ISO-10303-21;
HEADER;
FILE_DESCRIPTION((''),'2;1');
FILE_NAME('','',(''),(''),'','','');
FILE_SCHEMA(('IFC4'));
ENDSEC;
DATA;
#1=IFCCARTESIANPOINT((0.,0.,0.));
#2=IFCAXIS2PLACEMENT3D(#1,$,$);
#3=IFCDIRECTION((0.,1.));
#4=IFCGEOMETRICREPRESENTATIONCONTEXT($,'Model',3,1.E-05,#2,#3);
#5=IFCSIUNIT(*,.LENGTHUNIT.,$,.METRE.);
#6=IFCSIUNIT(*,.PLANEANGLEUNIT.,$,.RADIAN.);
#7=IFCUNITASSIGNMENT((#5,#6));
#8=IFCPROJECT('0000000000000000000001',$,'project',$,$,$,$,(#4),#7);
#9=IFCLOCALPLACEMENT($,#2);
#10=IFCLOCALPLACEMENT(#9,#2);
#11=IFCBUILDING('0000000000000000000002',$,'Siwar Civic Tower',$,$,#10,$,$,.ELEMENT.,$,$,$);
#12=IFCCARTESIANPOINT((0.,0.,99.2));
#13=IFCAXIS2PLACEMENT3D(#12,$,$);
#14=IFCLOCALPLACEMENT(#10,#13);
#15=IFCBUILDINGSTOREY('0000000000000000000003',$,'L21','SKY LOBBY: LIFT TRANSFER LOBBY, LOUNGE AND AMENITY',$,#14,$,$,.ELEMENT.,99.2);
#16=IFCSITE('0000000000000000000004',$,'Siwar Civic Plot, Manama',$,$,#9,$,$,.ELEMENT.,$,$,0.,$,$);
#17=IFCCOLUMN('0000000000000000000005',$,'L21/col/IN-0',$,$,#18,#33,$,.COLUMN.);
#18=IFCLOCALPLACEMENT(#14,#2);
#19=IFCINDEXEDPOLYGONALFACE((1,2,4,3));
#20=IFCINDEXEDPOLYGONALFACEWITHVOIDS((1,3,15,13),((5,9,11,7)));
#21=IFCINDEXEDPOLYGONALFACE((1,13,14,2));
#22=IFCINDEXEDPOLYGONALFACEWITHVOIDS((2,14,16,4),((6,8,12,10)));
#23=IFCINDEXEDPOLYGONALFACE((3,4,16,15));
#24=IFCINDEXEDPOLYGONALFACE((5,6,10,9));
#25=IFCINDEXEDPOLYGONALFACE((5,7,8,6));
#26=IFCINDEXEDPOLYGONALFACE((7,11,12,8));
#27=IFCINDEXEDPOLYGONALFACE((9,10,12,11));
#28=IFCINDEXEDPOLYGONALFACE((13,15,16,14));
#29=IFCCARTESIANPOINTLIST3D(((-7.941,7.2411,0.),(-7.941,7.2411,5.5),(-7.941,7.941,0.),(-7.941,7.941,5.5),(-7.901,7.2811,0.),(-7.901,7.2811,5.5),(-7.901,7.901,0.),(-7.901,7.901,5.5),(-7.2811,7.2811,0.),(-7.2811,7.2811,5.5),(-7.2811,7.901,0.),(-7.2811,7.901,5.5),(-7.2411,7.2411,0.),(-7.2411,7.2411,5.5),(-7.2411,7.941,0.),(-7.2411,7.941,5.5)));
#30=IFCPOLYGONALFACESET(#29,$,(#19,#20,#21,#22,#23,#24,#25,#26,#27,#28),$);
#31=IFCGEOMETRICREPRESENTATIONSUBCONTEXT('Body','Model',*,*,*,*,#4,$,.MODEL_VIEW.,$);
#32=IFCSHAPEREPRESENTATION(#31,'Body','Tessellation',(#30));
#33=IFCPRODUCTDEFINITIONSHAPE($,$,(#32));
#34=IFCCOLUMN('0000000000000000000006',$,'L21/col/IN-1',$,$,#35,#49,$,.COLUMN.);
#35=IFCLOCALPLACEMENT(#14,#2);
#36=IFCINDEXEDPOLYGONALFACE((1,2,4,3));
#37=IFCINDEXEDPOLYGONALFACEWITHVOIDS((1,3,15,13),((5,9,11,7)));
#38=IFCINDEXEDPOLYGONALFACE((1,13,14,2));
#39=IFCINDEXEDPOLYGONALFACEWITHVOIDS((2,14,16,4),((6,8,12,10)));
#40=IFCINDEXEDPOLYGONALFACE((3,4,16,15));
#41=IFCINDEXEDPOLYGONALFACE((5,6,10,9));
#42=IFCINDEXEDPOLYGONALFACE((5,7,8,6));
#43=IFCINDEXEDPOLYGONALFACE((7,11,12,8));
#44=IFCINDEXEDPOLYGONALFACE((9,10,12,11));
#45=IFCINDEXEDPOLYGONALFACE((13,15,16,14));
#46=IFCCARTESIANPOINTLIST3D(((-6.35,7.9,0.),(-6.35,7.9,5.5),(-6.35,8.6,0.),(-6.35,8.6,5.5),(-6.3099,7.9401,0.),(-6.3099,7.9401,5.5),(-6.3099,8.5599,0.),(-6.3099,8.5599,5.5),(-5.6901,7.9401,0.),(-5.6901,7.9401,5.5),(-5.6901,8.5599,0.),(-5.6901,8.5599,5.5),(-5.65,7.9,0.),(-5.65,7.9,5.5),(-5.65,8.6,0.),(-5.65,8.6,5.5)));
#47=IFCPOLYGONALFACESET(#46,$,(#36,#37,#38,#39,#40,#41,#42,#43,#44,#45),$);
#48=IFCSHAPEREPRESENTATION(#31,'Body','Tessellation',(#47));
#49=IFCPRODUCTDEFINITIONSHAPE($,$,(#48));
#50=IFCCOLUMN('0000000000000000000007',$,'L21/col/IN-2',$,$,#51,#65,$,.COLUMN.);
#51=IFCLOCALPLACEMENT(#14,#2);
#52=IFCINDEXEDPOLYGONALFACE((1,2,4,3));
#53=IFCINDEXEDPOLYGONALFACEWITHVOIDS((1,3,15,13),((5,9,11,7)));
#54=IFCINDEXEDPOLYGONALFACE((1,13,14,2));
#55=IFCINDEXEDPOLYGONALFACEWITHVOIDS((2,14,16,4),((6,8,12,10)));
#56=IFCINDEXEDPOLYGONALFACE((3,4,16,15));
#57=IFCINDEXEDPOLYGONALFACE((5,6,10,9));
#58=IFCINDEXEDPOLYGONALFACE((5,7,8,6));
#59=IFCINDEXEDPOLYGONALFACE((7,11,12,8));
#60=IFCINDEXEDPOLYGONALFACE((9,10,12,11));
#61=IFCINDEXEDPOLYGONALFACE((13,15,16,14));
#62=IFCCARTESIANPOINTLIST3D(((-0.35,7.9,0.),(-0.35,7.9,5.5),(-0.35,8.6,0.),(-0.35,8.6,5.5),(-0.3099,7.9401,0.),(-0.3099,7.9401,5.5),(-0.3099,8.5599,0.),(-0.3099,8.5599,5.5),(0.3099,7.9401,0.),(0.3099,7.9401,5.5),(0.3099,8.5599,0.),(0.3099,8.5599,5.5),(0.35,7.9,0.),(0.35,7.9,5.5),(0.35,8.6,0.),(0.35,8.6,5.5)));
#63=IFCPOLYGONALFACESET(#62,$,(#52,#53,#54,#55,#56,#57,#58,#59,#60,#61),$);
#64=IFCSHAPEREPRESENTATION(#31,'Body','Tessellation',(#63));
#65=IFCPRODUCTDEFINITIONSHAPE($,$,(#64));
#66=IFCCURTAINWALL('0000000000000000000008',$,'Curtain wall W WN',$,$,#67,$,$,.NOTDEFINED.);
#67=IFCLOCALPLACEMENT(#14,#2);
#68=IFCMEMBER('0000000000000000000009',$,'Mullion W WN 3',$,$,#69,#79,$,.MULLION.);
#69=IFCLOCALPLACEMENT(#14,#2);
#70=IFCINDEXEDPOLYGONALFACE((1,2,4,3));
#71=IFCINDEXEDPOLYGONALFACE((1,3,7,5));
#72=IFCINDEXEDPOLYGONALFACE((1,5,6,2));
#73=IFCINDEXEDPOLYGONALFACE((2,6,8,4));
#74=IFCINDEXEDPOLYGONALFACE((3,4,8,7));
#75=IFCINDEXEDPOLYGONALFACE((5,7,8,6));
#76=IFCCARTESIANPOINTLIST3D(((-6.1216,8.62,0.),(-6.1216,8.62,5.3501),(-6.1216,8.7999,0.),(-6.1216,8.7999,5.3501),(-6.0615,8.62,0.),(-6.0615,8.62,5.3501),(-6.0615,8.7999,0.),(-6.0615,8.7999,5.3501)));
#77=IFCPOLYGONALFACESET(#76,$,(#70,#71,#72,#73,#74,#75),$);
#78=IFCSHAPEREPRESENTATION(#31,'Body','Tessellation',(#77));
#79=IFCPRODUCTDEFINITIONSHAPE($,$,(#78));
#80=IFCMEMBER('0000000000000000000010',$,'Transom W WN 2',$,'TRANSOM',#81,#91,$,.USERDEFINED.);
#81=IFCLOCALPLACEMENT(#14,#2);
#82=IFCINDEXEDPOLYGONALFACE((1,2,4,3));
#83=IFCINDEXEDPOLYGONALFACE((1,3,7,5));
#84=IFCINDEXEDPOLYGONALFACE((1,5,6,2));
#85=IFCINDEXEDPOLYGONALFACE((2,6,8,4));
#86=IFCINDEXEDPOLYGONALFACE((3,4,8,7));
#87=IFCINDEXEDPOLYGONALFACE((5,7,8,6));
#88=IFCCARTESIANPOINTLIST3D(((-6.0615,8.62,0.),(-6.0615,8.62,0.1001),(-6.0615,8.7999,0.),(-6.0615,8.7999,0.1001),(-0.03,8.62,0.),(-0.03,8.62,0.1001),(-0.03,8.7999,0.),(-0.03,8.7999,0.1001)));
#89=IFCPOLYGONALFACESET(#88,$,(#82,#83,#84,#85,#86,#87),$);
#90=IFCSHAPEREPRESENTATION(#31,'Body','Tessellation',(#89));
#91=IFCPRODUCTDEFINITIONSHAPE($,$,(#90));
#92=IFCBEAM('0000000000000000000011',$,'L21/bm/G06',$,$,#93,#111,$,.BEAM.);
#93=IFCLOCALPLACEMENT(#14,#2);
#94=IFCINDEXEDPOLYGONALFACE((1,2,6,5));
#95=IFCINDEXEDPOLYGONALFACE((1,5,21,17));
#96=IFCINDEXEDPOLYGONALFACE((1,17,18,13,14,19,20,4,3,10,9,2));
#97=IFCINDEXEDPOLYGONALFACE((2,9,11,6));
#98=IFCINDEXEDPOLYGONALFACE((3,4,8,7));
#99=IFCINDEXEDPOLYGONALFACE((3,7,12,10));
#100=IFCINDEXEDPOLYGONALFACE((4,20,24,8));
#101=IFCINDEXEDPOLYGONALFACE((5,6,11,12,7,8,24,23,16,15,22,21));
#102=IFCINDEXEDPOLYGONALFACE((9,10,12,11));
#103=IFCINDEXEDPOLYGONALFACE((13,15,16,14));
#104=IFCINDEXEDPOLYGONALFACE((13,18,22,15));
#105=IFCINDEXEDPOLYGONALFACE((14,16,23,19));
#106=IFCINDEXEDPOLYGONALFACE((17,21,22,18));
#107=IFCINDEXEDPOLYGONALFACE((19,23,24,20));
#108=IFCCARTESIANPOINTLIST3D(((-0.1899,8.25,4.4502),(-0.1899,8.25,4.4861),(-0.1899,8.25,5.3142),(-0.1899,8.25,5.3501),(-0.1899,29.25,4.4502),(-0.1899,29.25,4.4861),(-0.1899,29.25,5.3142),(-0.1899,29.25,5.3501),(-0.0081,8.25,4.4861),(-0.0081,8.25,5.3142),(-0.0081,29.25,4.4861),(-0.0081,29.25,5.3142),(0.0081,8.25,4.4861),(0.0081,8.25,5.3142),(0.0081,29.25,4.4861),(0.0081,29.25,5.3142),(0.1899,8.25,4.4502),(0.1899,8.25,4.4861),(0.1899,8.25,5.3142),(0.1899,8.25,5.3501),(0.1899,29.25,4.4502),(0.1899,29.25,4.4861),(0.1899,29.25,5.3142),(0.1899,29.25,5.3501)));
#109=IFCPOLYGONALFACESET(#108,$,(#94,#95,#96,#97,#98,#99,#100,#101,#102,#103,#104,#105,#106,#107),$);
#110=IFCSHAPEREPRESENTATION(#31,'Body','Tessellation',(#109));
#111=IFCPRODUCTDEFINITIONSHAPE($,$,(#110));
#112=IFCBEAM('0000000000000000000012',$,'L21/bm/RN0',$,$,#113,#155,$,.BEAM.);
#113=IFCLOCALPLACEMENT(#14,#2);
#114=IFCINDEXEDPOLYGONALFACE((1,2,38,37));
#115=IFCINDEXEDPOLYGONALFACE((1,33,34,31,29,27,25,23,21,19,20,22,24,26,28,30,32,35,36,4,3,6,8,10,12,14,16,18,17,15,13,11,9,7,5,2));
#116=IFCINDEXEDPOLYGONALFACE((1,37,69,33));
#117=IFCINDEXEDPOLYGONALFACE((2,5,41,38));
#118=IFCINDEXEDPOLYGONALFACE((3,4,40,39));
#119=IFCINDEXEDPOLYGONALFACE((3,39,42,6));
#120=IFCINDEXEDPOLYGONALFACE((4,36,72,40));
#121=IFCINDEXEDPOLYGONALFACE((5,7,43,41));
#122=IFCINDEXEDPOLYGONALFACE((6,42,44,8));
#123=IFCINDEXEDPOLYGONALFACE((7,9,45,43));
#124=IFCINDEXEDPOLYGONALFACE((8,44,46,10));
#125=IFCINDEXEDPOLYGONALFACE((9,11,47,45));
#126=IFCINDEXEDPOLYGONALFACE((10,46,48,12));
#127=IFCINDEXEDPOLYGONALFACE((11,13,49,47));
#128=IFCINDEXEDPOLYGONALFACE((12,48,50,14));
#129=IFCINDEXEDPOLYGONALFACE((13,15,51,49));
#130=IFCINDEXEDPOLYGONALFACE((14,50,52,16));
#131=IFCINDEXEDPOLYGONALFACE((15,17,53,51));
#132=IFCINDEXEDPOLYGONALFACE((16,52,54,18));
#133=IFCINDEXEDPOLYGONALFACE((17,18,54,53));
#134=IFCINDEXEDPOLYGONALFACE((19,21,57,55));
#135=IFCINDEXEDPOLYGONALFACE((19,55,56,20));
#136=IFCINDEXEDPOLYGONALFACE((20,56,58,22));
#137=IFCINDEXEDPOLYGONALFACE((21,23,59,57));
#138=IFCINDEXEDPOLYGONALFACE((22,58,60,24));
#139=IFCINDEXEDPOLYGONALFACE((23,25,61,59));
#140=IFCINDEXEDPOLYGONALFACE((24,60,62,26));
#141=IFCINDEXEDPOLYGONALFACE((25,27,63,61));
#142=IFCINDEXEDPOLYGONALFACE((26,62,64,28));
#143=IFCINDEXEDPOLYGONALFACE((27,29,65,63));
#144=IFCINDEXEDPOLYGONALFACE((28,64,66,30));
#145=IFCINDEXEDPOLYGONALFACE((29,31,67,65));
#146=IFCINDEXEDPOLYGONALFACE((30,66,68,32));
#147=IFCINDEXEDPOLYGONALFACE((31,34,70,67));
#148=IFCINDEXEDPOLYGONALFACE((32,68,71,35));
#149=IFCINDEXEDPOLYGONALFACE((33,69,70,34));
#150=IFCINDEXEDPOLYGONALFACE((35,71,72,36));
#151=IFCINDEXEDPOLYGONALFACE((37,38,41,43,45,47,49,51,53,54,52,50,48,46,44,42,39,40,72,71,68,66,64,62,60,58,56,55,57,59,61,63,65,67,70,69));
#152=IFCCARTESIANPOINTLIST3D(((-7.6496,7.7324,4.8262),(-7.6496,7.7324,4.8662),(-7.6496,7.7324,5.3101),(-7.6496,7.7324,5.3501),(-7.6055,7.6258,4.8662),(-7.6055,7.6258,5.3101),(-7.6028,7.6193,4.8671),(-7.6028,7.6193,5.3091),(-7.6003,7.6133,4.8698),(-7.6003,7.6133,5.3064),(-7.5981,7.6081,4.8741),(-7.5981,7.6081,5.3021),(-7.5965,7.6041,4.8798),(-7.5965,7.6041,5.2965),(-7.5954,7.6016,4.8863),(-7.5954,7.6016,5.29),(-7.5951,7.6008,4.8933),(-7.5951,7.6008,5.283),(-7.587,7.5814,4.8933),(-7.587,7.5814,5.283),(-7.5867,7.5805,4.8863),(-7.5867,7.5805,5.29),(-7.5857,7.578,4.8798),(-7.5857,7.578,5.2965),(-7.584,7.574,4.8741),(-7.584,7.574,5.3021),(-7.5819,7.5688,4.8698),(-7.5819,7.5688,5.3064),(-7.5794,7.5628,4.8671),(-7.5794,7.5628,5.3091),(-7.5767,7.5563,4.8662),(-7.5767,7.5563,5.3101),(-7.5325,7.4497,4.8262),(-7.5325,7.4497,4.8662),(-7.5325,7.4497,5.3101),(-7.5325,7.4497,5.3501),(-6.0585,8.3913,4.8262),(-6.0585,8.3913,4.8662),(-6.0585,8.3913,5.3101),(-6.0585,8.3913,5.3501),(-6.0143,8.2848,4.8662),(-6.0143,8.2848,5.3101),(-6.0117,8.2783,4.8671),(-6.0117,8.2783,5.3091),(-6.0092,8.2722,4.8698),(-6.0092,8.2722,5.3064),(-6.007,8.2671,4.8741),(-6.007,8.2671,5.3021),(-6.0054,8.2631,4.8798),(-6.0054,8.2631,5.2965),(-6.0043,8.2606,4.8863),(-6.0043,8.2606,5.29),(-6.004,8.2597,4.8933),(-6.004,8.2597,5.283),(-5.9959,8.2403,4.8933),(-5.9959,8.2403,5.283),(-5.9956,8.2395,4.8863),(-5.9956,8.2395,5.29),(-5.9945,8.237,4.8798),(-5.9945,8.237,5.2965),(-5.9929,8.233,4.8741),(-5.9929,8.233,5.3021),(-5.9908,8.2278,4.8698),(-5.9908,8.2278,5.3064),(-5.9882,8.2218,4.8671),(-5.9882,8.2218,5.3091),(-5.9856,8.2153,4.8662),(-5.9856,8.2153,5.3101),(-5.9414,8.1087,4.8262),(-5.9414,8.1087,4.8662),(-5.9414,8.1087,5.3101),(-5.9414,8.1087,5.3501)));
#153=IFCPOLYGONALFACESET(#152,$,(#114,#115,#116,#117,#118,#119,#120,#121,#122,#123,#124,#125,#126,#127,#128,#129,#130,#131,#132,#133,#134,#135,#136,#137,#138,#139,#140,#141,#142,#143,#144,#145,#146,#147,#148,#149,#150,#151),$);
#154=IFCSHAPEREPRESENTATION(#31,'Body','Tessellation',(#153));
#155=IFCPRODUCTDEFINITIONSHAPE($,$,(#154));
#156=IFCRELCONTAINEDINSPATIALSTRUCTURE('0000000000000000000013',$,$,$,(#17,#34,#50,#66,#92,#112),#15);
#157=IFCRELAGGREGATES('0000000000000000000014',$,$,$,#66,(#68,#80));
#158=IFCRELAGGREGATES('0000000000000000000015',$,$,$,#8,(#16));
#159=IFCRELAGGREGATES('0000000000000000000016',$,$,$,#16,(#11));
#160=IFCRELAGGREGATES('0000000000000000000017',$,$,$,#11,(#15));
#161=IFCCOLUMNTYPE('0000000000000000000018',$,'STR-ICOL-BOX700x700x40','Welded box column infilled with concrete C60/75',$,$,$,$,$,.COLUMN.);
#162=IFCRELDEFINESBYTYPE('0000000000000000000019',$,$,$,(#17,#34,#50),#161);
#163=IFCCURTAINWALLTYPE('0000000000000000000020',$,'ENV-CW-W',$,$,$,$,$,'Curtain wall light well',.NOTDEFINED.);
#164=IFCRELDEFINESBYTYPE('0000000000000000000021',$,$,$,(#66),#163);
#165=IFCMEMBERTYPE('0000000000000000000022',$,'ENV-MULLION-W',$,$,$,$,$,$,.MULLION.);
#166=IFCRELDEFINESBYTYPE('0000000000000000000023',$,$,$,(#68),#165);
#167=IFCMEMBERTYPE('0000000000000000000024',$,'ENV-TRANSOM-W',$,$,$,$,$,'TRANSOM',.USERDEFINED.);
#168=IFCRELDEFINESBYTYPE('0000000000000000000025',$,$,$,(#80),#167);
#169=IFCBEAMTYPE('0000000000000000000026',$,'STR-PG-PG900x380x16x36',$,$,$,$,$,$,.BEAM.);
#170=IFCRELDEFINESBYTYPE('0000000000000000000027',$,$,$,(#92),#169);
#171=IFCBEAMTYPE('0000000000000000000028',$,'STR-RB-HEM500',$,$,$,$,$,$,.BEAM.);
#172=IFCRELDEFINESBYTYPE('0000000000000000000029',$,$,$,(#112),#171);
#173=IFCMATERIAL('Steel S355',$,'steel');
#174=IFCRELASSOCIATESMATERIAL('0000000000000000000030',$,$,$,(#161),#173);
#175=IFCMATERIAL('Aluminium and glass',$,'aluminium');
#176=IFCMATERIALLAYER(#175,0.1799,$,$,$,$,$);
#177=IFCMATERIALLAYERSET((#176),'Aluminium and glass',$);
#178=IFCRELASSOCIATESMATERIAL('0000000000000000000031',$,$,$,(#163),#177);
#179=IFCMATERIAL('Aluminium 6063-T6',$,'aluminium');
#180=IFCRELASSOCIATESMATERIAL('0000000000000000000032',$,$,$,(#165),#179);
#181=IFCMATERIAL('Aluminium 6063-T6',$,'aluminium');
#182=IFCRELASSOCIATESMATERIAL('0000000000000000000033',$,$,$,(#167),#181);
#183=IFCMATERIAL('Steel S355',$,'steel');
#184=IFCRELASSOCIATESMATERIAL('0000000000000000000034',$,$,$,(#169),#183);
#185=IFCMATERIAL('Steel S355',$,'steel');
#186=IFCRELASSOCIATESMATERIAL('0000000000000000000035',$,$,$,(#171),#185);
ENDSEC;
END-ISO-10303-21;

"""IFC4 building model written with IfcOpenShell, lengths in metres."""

from ifc_helpers import new_model, si_unit, direction, frame, origin, origin_2d, place, context, subcontext, project, spatial, rectangle, hollow_rectangle, i_section, extrude, material, layer, layer_set, material_profile, profile_set, type_object, element, aggregate, save


model = new_model("IFC4")

# Units and contexts
model_context = context("Model", 3, precision=1e-05, world=origin(), true_north=direction((0.0, 1.0)))
body_context = subcontext(model_context, "Body", "Model", "MODEL_VIEW")
ifc_project = project(units=[si_unit("LENGTHUNIT", "METRE"), si_unit("PLANEANGLEUNIT", "RADIAN")], contexts=[model_context])

# Site, building, storey
site_placement = place(None, origin())
site = spatial("IfcSite", under=ifc_project, at=site_placement, Name="Siwar Civic Plot, Manama", CompositionType="ELEMENT", RefElevation=0.0)
building_placement = place(site_placement, origin())
building = spatial("IfcBuilding", under=site, at=building_placement, Name="Siwar Civic Tower", CompositionType="ELEMENT")
storey_placement = place(building_placement, frame((0.0, 0.0, 99.2)))
storey = spatial("IfcBuildingStorey", under=building, at=storey_placement, Name="L21", Description="SKY LOBBY: LIFT TRANSFER LOBBY, LOUNGE AND AMENITY", CompositionType="ELEMENT", Elevation=99.2)

# Columns
ifc_material_1 = material(Name="Steel S355", Category="steel")
ifc_material_profile_1 = material_profile(ifc_material_1, hollow_rectangle(XDim=0.7, YDim=0.7, WallThickness=0.04, at=origin_2d()), Name="BOX700x700x40")
ifc_profile_set_1 = profile_set([ifc_material_profile_1], Name="Steel S355")
column_type = type_object("IfcColumnType", Name="STR-ICOL-BOX700x700x40", Description="Welded box column infilled with concrete C60/75", PredefinedType="COLUMN", material=ifc_profile_set_1)
for number, where, z_axis, x_axis, name in (
    (1, (-7.5911, 7.5911, 0.0), (0.0, 0.0, 1.0), (1.0, 0.0, 0.0), "L21/col/IN-0"),
    (2, (-6.0, 8.25, 0.0), (0.0, 0.0, 1.0), (1.0, 0.0, 0.0), "L21/col/IN-1"),
    (3, (0.0, 8.25, 0.0), (0.0, 0.0, 1.0), (1.0, 0.0, 0.0), "L21/col/IN-2"),
):
    element("IfcColumn", number, at=place(storey_placement, frame(where, z_axis=z_axis, x_axis=x_axis)), inside=storey, type_object=column_type, Name=name, PredefinedType="COLUMN", context=body_context, shape_type="SweptSolid", body=[
        extrude(hollow_rectangle(XDim=0.7, YDim=0.7, WallThickness=0.04, at=origin_2d()), origin(), (0.0, 0.0, 1.0), 5.5),
    ])

# Curtain wall, members
ifc_material_2 = material(Name="Aluminium and glass", Category="aluminium")
ifc_layer_1 = layer(ifc_material_2, 0.1799)
ifc_layer_set_1 = layer_set([ifc_layer_1], Name="Aluminium and glass")
curtain_wall_type = type_object("IfcCurtainWallType", Name="ENV-CW-W", ElementType="Curtain wall light well", PredefinedType="NOTDEFINED", material=ifc_layer_set_1)
curtain_wall_placement = place(storey_placement, origin())
curtain_wall = element("IfcCurtainWall", 4, at=curtain_wall_placement, inside=storey, type_object=curtain_wall_type, Name="Curtain wall W WN", PredefinedType="NOTDEFINED")
ifc_material_3 = material(Name="Aluminium 6063-T6", Category="aluminium")
ifc_material_profile_2 = material_profile(ifc_material_3, rectangle(XDim=0.1799, YDim=0.0601, at=origin_2d()), Name="AL 180x60")
ifc_profile_set_2 = profile_set([ifc_material_profile_2], Name="Aluminium 6063-T6")
member_type_1 = type_object("IfcMemberType", Name="ENV-MULLION-W", PredefinedType="MULLION", material=ifc_profile_set_2)
member_1_placement = place(storey_placement, frame((-6.0916, 8.71, 0.0), z_axis=(0.0, 0.0, 1.0), x_axis=(0.0, -1.0, 0.0)))
member_1 = element("IfcMember", 5, at=member_1_placement, type_object=member_type_1, Name="Mullion W WN 3", PredefinedType="MULLION", context=body_context, shape_type="SweptSolid", body=[
    extrude(rectangle(XDim=0.1799, YDim=0.0601, at=origin_2d()), origin(), (0.0, 0.0, 1.0), 5.3501),
])
ifc_material_4 = material(Name="Aluminium 6063-T6", Category="aluminium")
ifc_material_profile_3 = material_profile(ifc_material_4, rectangle(XDim=0.1799, YDim=0.1001, at=origin_2d()), Name="AL 180x100")
ifc_profile_set_3 = profile_set([ifc_material_profile_3], Name="Aluminium 6063-T6")
member_type_2 = type_object("IfcMemberType", Name="ENV-TRANSOM-W", ElementType="TRANSOM", PredefinedType="USERDEFINED", material=ifc_profile_set_3)
member_2_placement = place(storey_placement, frame((-0.03, 8.71, 0.05), z_axis=(-1.0, 0.0, 0.0), x_axis=(0.0, -1.0, 0.0)))
member_2 = element("IfcMember", 6, at=member_2_placement, type_object=member_type_2, Name="Transom W WN 2", ObjectType="TRANSOM", PredefinedType="USERDEFINED", context=body_context, shape_type="SweptSolid", body=[
    extrude(rectangle(XDim=0.1799, YDim=0.1001, at=origin_2d()), origin(), (0.0, 0.0, 1.0), 6.0315),
])

# Beams
ifc_material_5 = material(Name="Steel S355", Category="steel")
ifc_material_profile_4 = material_profile(ifc_material_5, i_section(OverallWidth=0.3799, OverallDepth=0.8999, WebThickness=0.0161, FlangeThickness=0.0359, at=origin_2d()), Name="PG900x380x16x36")
ifc_profile_set_4 = profile_set([ifc_material_profile_4], Name="Steel S355")
beam_type_1 = type_object("IfcBeamType", Name="STR-PG-PG900x380x16x36", PredefinedType="BEAM", material=ifc_profile_set_4)
beam_1_placement = place(storey_placement, frame((0.0, 8.25, 4.9001), z_axis=(0.0, 1.0, 0.0), x_axis=(-1.0, 0.0, 0.0)))
element("IfcBeam", 7, at=beam_1_placement, inside=storey, type_object=beam_type_1, Name="L21/bm/G06", PredefinedType="BEAM", context=body_context, shape_type="SweptSolid", body=[
    extrude(i_section(OverallWidth=0.3799, OverallDepth=0.8999, WebThickness=0.0161, FlangeThickness=0.0359, at=origin_2d()), origin(), (0.0, 0.0, 1.0), 21.0),
])
ifc_material_6 = material(Name="Steel S355", Category="steel")
ifc_material_profile_5 = material_profile(ifc_material_6, i_section(OverallWidth=0.3059, OverallDepth=0.5239, WebThickness=0.021, FlangeThickness=0.04, FilletRadius=0.0271, at=origin_2d()), Name="HEM500")
ifc_profile_set_5 = profile_set([ifc_material_profile_5], Name="Steel S355")
beam_type_2 = type_object("IfcBeamType", Name="STR-RB-HEM500", PredefinedType="BEAM", material=ifc_profile_set_5)
beam_2_placement = place(storey_placement, frame((-7.5911, 7.5911, 5.0881), z_axis=(0.923901, 0.382631, 0.0), x_axis=(-0.382631, 0.923901, 0.0)))
element("IfcBeam", 8, at=beam_2_placement, inside=storey, type_object=beam_type_2, Name="L21/bm/RN0", PredefinedType="BEAM", context=body_context, shape_type="SweptSolid", body=[
    extrude(i_section(OverallWidth=0.3059, OverallDepth=0.5239, WebThickness=0.021, FlangeThickness=0.04, FilletRadius=0.0271, at=origin_2d()), origin(), (0.0, 0.0, 1.0), 1.7222),
])

aggregate(curtain_wall, [member_1, member_2])

save(model, "model.ifc")
